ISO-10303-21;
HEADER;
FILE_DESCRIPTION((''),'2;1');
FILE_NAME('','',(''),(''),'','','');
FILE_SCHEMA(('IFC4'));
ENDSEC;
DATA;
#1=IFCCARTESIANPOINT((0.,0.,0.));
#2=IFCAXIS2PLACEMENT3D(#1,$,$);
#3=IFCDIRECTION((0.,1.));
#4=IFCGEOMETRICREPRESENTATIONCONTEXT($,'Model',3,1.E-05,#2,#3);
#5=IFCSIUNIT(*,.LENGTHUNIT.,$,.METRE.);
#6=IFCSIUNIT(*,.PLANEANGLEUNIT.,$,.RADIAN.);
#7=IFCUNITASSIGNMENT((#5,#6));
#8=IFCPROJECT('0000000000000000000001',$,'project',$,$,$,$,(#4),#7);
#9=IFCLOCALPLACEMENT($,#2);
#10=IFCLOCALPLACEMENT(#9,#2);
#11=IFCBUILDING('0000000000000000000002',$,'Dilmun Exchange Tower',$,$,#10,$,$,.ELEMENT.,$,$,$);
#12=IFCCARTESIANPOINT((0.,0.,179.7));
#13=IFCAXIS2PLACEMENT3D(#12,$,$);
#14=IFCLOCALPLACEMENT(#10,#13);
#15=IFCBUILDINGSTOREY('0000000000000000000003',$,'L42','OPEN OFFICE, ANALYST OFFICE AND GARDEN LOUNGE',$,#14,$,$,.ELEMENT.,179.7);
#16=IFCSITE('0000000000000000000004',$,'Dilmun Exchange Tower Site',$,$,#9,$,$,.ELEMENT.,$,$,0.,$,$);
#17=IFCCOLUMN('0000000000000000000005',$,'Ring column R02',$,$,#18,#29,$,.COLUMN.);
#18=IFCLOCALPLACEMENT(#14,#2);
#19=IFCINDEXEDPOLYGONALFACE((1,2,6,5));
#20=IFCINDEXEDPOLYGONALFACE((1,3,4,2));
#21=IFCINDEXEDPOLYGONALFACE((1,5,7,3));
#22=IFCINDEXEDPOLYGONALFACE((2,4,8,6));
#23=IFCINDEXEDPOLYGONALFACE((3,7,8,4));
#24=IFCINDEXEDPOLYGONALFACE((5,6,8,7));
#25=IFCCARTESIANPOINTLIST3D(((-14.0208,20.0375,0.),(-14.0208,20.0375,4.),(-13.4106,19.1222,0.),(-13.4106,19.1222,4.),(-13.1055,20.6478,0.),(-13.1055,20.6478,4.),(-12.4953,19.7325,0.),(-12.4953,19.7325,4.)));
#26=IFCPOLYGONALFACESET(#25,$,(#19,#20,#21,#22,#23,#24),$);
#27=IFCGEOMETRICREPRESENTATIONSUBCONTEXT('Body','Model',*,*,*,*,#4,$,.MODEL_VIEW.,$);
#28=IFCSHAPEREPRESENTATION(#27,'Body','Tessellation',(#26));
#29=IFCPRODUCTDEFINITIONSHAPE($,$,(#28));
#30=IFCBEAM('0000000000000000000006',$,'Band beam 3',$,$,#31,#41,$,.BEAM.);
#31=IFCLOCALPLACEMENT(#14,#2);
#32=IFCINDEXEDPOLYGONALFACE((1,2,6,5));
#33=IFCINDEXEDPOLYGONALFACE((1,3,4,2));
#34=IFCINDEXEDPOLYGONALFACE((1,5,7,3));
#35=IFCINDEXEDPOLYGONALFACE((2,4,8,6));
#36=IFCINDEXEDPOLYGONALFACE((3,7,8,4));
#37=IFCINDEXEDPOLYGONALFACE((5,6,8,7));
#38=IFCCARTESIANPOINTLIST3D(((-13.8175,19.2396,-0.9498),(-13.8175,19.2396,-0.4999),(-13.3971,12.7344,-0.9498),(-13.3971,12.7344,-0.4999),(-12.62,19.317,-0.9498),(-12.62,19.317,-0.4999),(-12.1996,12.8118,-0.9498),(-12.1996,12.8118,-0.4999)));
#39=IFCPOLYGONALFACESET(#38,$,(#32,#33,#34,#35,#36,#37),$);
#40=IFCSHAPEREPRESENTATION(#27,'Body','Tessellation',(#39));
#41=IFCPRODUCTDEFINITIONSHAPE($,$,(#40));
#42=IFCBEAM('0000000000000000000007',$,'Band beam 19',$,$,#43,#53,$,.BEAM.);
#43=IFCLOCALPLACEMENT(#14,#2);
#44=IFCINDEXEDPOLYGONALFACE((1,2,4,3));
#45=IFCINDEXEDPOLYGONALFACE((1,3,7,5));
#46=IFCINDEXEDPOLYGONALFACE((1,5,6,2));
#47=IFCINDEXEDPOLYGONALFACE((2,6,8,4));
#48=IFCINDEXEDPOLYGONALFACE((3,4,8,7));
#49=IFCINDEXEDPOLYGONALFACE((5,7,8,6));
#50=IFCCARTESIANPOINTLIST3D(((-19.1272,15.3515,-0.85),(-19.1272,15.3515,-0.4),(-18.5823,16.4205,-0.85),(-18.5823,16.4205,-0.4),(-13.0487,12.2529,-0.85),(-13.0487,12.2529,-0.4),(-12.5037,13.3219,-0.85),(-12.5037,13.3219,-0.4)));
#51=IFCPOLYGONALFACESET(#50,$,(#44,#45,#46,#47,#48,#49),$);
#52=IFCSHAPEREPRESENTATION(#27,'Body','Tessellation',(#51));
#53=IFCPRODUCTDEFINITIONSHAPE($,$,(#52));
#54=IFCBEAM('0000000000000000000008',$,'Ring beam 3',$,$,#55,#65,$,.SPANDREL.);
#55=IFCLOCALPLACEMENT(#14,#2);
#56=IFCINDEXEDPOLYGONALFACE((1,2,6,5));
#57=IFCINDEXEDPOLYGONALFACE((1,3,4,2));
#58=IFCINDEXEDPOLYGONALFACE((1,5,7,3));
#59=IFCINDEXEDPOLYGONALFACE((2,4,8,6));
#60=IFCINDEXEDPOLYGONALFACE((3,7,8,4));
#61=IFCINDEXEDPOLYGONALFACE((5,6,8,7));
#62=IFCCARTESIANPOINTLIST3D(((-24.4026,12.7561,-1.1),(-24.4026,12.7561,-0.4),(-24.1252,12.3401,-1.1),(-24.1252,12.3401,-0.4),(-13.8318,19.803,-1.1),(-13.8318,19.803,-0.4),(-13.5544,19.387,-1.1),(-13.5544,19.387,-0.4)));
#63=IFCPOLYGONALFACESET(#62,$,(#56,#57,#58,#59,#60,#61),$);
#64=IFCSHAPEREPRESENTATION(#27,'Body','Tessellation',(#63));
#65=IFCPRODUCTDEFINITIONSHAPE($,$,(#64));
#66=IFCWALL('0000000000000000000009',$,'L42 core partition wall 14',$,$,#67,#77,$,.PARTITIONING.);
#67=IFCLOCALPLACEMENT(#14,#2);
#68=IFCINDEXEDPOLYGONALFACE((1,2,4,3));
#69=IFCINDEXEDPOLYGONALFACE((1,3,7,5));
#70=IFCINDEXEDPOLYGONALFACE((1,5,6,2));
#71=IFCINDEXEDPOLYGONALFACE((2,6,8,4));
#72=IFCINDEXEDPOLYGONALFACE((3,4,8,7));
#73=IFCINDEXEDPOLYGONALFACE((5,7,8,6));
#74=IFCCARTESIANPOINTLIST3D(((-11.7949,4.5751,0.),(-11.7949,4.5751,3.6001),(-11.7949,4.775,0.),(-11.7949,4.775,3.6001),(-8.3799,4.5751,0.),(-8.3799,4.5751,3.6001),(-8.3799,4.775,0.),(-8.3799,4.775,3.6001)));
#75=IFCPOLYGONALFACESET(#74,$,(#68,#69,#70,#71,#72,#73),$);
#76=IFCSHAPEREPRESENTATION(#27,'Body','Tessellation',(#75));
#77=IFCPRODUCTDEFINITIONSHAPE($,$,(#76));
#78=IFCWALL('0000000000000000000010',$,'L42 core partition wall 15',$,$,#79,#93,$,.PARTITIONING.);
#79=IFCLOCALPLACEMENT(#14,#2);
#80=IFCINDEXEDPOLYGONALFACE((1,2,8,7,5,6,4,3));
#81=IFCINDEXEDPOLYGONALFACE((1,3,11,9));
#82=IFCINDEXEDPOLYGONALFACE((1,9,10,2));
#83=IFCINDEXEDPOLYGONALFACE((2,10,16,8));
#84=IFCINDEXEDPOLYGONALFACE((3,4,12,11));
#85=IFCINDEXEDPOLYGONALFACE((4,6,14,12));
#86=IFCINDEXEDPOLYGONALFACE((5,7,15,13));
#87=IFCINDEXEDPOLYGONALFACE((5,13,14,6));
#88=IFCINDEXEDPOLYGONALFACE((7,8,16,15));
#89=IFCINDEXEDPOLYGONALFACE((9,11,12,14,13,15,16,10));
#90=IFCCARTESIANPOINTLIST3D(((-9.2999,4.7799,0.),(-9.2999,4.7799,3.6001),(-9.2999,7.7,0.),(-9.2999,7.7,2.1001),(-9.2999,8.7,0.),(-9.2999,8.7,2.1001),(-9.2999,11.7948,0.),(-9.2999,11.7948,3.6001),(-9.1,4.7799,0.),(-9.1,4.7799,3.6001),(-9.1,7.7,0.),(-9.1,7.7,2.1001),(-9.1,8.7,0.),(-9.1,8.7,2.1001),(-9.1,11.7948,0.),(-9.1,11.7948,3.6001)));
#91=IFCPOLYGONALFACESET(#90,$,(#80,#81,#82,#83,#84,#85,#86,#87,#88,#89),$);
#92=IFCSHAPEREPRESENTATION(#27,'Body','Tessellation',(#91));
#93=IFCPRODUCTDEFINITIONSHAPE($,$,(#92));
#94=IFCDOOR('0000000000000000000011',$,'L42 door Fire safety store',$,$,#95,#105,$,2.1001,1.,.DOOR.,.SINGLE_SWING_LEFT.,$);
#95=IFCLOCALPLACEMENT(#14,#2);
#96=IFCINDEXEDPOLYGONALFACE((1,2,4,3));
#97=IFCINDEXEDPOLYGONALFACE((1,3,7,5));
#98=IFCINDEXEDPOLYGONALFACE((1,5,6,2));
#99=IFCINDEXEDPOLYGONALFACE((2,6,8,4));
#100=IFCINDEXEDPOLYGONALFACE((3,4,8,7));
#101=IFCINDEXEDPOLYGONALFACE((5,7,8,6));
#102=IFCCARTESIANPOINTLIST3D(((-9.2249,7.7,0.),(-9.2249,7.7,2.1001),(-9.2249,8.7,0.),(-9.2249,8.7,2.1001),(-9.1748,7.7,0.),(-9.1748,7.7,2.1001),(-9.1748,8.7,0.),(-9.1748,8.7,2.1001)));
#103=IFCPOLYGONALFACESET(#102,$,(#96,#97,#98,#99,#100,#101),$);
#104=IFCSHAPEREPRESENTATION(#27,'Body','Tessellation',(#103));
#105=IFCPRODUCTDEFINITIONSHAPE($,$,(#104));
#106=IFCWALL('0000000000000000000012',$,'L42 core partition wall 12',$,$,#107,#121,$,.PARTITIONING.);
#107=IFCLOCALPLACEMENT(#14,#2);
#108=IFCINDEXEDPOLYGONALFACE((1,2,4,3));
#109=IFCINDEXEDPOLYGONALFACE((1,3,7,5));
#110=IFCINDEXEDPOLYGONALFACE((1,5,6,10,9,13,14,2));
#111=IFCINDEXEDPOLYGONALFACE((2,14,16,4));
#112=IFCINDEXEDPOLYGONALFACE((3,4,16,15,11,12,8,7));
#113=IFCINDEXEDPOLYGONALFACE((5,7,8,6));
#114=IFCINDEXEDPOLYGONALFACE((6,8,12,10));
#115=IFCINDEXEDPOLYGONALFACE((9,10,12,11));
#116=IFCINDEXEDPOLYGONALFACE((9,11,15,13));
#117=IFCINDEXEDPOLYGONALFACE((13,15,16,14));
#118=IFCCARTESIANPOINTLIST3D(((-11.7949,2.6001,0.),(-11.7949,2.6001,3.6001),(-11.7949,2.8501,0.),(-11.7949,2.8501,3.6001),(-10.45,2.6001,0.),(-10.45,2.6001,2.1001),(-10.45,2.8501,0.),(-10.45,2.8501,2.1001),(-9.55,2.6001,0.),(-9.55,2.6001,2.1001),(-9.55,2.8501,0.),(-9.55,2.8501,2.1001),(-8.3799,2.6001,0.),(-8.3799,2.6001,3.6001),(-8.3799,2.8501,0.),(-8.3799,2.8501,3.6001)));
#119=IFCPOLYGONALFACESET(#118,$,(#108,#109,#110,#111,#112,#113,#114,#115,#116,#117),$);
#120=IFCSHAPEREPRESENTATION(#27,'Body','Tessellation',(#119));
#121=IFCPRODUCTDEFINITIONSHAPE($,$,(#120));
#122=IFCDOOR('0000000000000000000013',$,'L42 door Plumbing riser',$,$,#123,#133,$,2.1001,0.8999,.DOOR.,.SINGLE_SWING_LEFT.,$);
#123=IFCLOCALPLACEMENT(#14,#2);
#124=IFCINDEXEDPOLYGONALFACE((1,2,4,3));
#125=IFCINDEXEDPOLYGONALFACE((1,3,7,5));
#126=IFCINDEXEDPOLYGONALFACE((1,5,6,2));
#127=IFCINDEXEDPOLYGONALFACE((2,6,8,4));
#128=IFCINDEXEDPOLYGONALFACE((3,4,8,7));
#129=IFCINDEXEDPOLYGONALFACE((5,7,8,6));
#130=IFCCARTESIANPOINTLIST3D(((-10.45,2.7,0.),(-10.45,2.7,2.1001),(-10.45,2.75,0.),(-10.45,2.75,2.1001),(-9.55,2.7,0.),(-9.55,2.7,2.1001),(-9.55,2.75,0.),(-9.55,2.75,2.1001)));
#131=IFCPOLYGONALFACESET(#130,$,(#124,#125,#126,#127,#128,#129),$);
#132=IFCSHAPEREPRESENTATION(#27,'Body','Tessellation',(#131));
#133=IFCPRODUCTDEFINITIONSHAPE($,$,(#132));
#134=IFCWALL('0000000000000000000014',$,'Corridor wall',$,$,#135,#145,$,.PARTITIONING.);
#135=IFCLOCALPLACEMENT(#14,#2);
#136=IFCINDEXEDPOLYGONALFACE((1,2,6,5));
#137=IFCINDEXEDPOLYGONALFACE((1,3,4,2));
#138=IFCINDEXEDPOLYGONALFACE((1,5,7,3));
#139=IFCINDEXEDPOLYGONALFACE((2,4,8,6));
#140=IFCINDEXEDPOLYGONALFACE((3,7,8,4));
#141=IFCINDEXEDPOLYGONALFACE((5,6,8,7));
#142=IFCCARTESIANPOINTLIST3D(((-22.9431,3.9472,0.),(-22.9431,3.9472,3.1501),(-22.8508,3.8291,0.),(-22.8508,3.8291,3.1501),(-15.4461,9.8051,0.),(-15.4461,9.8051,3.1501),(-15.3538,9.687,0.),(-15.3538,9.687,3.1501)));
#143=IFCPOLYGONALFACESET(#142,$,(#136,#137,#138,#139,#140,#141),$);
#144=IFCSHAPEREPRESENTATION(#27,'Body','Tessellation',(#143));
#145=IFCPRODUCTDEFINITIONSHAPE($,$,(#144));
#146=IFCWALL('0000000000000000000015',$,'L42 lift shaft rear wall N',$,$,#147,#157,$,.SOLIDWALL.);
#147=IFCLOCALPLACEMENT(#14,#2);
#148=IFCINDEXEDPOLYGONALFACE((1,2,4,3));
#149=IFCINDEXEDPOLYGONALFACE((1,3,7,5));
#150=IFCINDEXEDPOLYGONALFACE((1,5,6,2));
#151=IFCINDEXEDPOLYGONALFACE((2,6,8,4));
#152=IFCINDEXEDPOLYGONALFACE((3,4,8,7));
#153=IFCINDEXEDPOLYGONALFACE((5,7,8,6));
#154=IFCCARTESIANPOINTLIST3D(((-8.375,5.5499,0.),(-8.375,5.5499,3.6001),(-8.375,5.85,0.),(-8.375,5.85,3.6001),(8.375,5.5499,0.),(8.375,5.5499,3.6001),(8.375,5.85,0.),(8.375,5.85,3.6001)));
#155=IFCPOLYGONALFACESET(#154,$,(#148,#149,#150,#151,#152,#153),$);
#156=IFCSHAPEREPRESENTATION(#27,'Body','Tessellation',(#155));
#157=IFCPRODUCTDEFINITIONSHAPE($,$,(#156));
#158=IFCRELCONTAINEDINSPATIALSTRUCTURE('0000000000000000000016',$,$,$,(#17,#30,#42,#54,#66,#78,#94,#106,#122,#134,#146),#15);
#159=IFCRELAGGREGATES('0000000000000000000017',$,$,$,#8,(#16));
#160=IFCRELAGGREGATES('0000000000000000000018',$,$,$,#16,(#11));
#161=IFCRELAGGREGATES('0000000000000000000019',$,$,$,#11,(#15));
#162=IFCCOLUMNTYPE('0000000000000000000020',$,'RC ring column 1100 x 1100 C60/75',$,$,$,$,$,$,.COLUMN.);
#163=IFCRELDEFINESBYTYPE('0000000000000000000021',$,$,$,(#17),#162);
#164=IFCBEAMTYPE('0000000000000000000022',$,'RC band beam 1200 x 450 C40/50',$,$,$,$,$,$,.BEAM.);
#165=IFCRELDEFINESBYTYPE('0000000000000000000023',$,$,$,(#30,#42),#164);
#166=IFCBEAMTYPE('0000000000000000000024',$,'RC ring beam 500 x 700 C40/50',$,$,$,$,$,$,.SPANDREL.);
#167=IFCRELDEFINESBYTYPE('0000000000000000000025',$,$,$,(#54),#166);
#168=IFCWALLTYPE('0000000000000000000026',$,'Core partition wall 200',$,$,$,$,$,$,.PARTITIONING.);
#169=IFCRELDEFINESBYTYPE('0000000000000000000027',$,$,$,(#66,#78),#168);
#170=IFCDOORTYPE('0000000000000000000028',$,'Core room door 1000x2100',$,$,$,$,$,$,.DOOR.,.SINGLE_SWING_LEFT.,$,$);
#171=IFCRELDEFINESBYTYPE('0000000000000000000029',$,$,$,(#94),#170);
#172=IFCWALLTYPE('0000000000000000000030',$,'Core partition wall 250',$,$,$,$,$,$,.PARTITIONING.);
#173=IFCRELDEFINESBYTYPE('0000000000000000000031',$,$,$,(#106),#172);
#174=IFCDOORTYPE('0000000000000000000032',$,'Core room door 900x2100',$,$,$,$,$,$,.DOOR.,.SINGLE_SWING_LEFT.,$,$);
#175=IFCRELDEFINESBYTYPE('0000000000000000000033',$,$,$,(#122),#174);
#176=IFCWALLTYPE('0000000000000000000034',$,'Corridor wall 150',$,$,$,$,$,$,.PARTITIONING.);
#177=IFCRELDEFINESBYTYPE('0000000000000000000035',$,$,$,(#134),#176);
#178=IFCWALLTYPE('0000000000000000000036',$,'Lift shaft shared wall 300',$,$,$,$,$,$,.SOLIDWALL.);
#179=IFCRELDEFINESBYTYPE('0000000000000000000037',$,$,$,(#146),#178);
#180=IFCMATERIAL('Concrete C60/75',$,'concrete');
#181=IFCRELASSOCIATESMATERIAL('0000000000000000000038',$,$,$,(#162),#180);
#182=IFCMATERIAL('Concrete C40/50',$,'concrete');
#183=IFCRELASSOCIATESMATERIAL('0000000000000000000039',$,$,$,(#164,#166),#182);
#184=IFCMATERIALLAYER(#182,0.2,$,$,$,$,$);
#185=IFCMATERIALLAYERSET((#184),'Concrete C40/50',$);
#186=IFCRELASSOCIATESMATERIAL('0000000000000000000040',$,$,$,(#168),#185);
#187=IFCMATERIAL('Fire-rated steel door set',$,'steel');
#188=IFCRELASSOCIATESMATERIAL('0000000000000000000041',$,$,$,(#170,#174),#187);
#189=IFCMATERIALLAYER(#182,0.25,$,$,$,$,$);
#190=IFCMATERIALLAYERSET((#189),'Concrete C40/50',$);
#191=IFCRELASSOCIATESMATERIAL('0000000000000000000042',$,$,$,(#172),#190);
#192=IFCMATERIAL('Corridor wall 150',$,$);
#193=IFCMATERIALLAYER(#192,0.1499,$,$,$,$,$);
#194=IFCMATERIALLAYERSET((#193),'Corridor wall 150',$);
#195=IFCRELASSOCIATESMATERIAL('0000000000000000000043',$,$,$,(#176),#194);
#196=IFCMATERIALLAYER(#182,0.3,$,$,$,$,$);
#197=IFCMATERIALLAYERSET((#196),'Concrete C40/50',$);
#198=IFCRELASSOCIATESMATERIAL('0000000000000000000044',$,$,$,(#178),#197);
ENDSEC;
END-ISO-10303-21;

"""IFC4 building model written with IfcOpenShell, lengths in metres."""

from ifc_helpers import new_model, si_unit, direction, frame, frame_2d, origin, origin_2d, place, context, subcontext, project, spatial, rectangle, extrude, material, layer, layer_set, material_profile, profile_set, type_object, element, fill, save


model = new_model("IFC4")

# Units and contexts
model_context = context("Model", 3, precision=1e-05, world=origin(), true_north=direction((0.0, 1.0)))
body_context = subcontext(model_context, "Body", "Model", "MODEL_VIEW")
ifc_project = project(units=[si_unit("LENGTHUNIT", "METRE"), si_unit("PLANEANGLEUNIT", "RADIAN")], contexts=[model_context])

# Site, building, storey
site_placement = place(None, origin())
site = spatial("IfcSite", under=ifc_project, at=site_placement, Name="Dilmun Exchange Tower Site", CompositionType="ELEMENT", RefElevation=0.0)
building_placement = place(site_placement, origin())
building = spatial("IfcBuilding", under=site, at=building_placement, Name="Dilmun Exchange Tower", CompositionType="ELEMENT")
storey_placement = place(building_placement, frame((0.0, 0.0, 179.7)))
storey = spatial("IfcBuildingStorey", under=building, at=storey_placement, Name="L42", Description="OPEN OFFICE, ANALYST OFFICE AND GARDEN LOUNGE", CompositionType="ELEMENT", Elevation=179.7)

# Column
ifc_material_1 = material(Name="Concrete C60/75", Category="concrete")
ifc_material_profile_1 = material_profile(ifc_material_1, rectangle(XDim=1.1001, YDim=1.1001, at=origin_2d()), Name="1100 x 1100")
ifc_profile_set_1 = profile_set([ifc_material_profile_1], Name="Concrete C60/75")
column_type = type_object("IfcColumnType", Name="RC ring column 1100 x 1100 C60/75", PredefinedType="COLUMN", material=ifc_profile_set_1)
column_placement = place(storey_placement, frame((-13.2581, 19.885, 0.0), z_axis=(0.0, 0.0, 1.0), x_axis=(0.832029, 0.554733, 0.0)))
element("IfcColumn", 1, at=column_placement, inside=storey, type_object=column_type, Name="Ring column R02", PredefinedType="COLUMN", context=body_context, shape_type="SweptSolid", body=[
    extrude(rectangle(XDim=1.1001, YDim=1.1001, at=origin_2d()), origin(), (0.0, 0.0, 1.0), 4.0),
])

# Beams
ifc_material_2 = material(Name="Concrete C40/50", Category="concrete")
ifc_material_profile_2 = material_profile(ifc_material_2, rectangle(XDim=1.2, YDim=0.45, at=origin_2d()), Name="1200 x 450")
ifc_profile_set_2 = profile_set([ifc_material_profile_2], Name="Concrete C40/50")
beam_type_1 = type_object("IfcBeamType", Name="RC band beam 1200 x 450 C40/50", PredefinedType="BEAM", material=ifc_profile_set_2)
beam_1_placement = place(storey_placement, frame((-13.2188, 19.2783, -0.7249), z_axis=(0.064493, -0.997918, 0.0), x_axis=(0.997918, 0.064493, 0.0)))
element("IfcBeam", 2, at=beam_1_placement, inside=storey, type_object=beam_type_1, Name="Band beam 3", PredefinedType="BEAM", context=body_context, shape_type="SweptSolid", body=[
    extrude(rectangle(XDim=1.2, YDim=0.45, at=origin_2d()), origin(), (0.0, 0.0, 1.0), 6.5188),
])
beam_2_placement = place(storey_placement, frame((-18.8547, 15.886, -0.625), z_axis=(0.890922, -0.454156, 0.0), x_axis=(0.454156, 0.890922, 0.0)))
element("IfcBeam", 3, at=beam_2_placement, inside=storey, type_object=beam_type_1, Name="Band beam 19", PredefinedType="BEAM", context=body_context, shape_type="SweptSolid", body=[
    extrude(rectangle(XDim=1.2, YDim=0.45, at=origin_2d()), origin(), (0.0, 0.0, 1.0), 6.8228),
])
ifc_material_profile_3 = material_profile(ifc_material_2, rectangle(XDim=0.5, YDim=0.7, at=origin_2d()), Name="500 x 700")
ifc_profile_set_3 = profile_set([ifc_material_profile_3], Name="Concrete C40/50")
beam_type_2 = type_object("IfcBeamType", Name="RC ring beam 500 x 700 C40/50", PredefinedType="SPANDREL", material=ifc_profile_set_3)
beam_3_placement = place(storey_placement, frame((-13.6931, 19.595, -0.75), z_axis=(-0.832062, -0.554682, 0.0), x_axis=(0.554682, -0.832062, 0.0)))
element("IfcBeam", 4, at=beam_3_placement, inside=storey, type_object=beam_type_2, Name="Ring beam 3", PredefinedType="SPANDREL", context=body_context, shape_type="SweptSolid", body=[
    extrude(rectangle(XDim=0.5, YDim=0.7, at=origin_2d()), origin(), (0.0, 0.0, 1.0), 12.7043),
])

# Wall
ifc_layer_1 = layer(ifc_material_2, 0.2)
ifc_layer_set_1 = layer_set([ifc_layer_1], Name="Concrete C40/50")
wall_type_1 = type_object("IfcWallType", Name="Core partition wall 200", PredefinedType="PARTITIONING", material=ifc_layer_set_1)
wall_1_placement = place(storey_placement, frame((-11.7949, 4.675, 0.0), z_axis=(0.0, 0.0, 1.0), x_axis=(1.0, 0.0, 0.0)))
element("IfcWall", 5, at=wall_1_placement, inside=storey, type_object=wall_type_1, Name="L42 core partition wall 14", PredefinedType="PARTITIONING", context=body_context, shape_type="SweptSolid", body=[
    extrude(rectangle(XDim=3.415, YDim=0.2, at=frame_2d((1.7075, 0.0))), origin(), (0.0, 0.0, 1.0), 3.6001),
])

# Walls, openings, doors
wall_2_placement = place(storey_placement, frame((-9.2, 4.78, 0.0), z_axis=(0.0, 0.0, 1.0), x_axis=(0.0, 1.0, 0.0)))
wall_2 = element("IfcWall", 6, at=wall_2_placement, inside=storey, type_object=wall_type_1, Name="L42 core partition wall 15", PredefinedType="PARTITIONING", context=body_context, shape_type="SweptSolid", body=[
    extrude(rectangle(XDim=7.0149, YDim=0.2, at=frame_2d((3.5073, 0.0))), origin(), (0.0, 0.0, 1.0), 3.6001),
])
opening_1_placement = place(wall_2_placement, frame((2.9199, 0.0, 0.0)))
opening_1 = element("IfcOpeningElement", 7, at=opening_1_placement, cuts=wall_2, PredefinedType="OPENING", context=body_context, shape_type="SweptSolid", body=[
    extrude(rectangle(XDim=1.0, YDim=2.1001, at=frame_2d((0.5, 1.05))), frame((0.0, 0.1099, 0.0), z_axis=(0.0, -1.0, 0.0), x_axis=(1.0, 0.0, 0.0)), (0.0, 0.0, 1.0), 0.22),
])
ifc_material_3 = material(Name="Fire-rated steel door set", Category="steel")
door_type_1 = type_object("IfcDoorType", Name="Core room door 1000x2100", OperationType="SINGLE_SWING_LEFT", PredefinedType="DOOR", material=ifc_material_3)
door_1_placement = place(opening_1_placement, origin())
door_1 = element("IfcDoor", 8, at=door_1_placement, inside=storey, type_object=door_type_1, Name="L42 door Fire safety store", OperationType="SINGLE_SWING_LEFT", OverallHeight=2.1001, OverallWidth=1.0, PredefinedType="DOOR", context=body_context, shape_type="SweptSolid", body=[
    extrude(rectangle(XDim=1.0, YDim=2.1001, at=frame_2d((0.5, 1.05))), frame((0.0, 0.0249, 0.0), z_axis=(0.0, -1.0, 0.0), x_axis=(1.0, 0.0, 0.0)), (0.0, 0.0, 1.0), 0.05),
])
fill(opening_1, door_1)
ifc_layer_2 = layer(ifc_material_2, 0.25)
ifc_layer_set_2 = layer_set([ifc_layer_2], Name="Concrete C40/50")
wall_type_2 = type_object("IfcWallType", Name="Core partition wall 250", PredefinedType="PARTITIONING", material=ifc_layer_set_2)
wall_3_placement = place(storey_placement, frame((-11.7949, 2.7251, 0.0), z_axis=(0.0, 0.0, 1.0), x_axis=(1.0, 0.0, 0.0)))
wall_3 = element("IfcWall", 9, at=wall_3_placement, inside=storey, type_object=wall_type_2, Name="L42 core partition wall 12", PredefinedType="PARTITIONING", context=body_context, shape_type="SweptSolid", body=[
    extrude(rectangle(XDim=3.415, YDim=0.25, at=frame_2d((1.7075, 0.0))), origin(), (0.0, 0.0, 1.0), 3.6001),
])
opening_2_placement = place(wall_3_placement, frame((1.345, 0.0, 0.0)))
opening_2 = element("IfcOpeningElement", 10, at=opening_2_placement, cuts=wall_3, PredefinedType="OPENING", context=body_context, shape_type="SweptSolid", body=[
    extrude(rectangle(XDim=0.8999, YDim=2.1001, at=frame_2d((0.45, 1.05))), frame((0.0, 0.135, 0.0), z_axis=(0.0, -1.0, 0.0), x_axis=(1.0, 0.0, 0.0)), (0.0, 0.0, 1.0), 0.27),
])
door_type_2 = type_object("IfcDoorType", Name="Core room door 900x2100", OperationType="SINGLE_SWING_LEFT", PredefinedType="DOOR", material=ifc_material_3)
door_2_placement = place(opening_2_placement, origin())
door_2 = element("IfcDoor", 11, at=door_2_placement, inside=storey, type_object=door_type_2, Name="L42 door Plumbing riser", OperationType="SINGLE_SWING_LEFT", OverallHeight=2.1001, OverallWidth=0.8999, PredefinedType="DOOR", context=body_context, shape_type="SweptSolid", body=[
    extrude(rectangle(XDim=0.8999, YDim=2.1001, at=frame_2d((0.45, 1.05))), frame((0.0, 0.0249, 0.0), z_axis=(0.0, -1.0, 0.0), x_axis=(1.0, 0.0, 0.0)), (0.0, 0.0, 1.0), 0.05),
])
fill(opening_2, door_2)

# Walls
ifc_material_4 = material(Name="Corridor wall 150")
ifc_layer_3 = layer(ifc_material_4, 0.1499)
ifc_layer_set_3 = layer_set([ifc_layer_3], Name="Corridor wall 150")
wall_type_3 = type_object("IfcWallType", Name="Corridor wall 150", PredefinedType="PARTITIONING", material=ifc_layer_set_3)
wall_4_placement = place(storey_placement, frame((-22.897, 3.8882, 0.0), z_axis=(0.0, 0.0, 1.0), x_axis=(0.787982, 0.615698, 0.0)))
element("IfcWall", 12, at=wall_4_placement, inside=storey, type_object=wall_type_3, Name="Corridor wall", PredefinedType="PARTITIONING", context=body_context, shape_type="SweptSolid", body=[
    extrude(rectangle(XDim=9.5142, YDim=0.1499, at=frame_2d((4.7571, 0.0))), origin(), (0.0, 0.0, 1.0), 3.1501),
])
ifc_layer_4 = layer(ifc_material_2, 0.3)
ifc_layer_set_4 = layer_set([ifc_layer_4], Name="Concrete C40/50")
wall_type_4 = type_object("IfcWallType", Name="Lift shaft shared wall 300", PredefinedType="SOLIDWALL", material=ifc_layer_set_4)
wall_5_placement = place(storey_placement, frame((-8.375, 5.7, 0.0), z_axis=(0.0, 0.0, 1.0), x_axis=(1.0, 0.0, 0.0)))
element("IfcWall", 13, at=wall_5_placement, inside=storey, type_object=wall_type_4, Name="L42 lift shaft rear wall N", PredefinedType="SOLIDWALL", context=body_context, shape_type="SweptSolid", body=[
    extrude(rectangle(XDim=16.75, YDim=0.3, at=frame_2d((8.375, 0.0))), origin(), (0.0, 0.0, 1.0), 3.6001),
])

save(model, "model.ifc")
